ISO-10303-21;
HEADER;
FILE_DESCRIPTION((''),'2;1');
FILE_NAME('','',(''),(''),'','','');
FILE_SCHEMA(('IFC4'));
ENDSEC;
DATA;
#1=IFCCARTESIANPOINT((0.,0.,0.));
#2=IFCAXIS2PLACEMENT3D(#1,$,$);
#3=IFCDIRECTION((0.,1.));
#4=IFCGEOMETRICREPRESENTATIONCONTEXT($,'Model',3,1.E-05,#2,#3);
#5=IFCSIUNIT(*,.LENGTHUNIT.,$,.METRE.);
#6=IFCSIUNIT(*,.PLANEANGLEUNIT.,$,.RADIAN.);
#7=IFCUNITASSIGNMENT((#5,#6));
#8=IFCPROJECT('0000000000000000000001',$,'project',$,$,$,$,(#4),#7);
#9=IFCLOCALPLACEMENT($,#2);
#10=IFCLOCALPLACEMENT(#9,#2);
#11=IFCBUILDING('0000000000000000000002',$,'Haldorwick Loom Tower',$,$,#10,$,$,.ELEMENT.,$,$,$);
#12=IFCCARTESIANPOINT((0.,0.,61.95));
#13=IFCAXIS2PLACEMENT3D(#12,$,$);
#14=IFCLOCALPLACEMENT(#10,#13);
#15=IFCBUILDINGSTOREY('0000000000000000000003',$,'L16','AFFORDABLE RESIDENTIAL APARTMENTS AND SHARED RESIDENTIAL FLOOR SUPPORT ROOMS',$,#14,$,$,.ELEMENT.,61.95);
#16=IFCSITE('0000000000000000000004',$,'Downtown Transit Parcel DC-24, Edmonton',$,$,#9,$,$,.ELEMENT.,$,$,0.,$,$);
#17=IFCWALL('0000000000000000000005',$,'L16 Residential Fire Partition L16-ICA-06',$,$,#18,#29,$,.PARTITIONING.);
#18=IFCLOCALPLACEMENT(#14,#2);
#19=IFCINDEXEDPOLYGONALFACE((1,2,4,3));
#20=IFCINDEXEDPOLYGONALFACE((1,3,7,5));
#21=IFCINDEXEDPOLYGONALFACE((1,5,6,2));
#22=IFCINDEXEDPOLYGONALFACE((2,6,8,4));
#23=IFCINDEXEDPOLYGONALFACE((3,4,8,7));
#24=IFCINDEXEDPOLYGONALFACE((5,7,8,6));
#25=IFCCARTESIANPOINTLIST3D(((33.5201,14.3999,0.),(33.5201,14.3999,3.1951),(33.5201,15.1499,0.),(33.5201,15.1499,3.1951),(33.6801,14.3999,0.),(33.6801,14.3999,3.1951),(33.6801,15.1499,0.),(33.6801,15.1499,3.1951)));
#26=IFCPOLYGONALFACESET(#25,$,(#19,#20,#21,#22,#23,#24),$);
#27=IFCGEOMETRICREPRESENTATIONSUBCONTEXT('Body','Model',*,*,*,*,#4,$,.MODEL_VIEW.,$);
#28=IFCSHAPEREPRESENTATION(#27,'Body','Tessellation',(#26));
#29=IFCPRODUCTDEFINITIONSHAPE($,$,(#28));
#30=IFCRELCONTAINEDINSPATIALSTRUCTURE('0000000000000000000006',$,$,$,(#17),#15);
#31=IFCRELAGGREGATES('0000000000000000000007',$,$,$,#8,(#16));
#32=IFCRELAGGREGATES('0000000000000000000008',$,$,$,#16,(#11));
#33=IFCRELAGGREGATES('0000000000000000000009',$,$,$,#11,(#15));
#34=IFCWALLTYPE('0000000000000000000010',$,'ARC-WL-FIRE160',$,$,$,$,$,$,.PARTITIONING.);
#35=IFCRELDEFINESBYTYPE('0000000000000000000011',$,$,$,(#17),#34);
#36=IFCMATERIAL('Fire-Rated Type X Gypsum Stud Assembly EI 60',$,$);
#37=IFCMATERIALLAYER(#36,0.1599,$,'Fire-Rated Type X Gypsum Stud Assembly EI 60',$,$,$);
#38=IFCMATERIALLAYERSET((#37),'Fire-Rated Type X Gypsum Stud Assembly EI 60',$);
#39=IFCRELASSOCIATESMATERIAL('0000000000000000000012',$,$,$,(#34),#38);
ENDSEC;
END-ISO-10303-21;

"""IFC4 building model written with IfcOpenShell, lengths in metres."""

from ifc_helpers import new_model, si_unit, direction, frame, frame_2d, origin, place, context, subcontext, project, spatial, rectangle, extrude, material, layer, layer_set, type_object, element, save


model = new_model("IFC4")

# Units and contexts
model_context = context("Model", 3, precision=1e-05, world=origin(), true_north=direction((0.0, 1.0)))
body_context = subcontext(model_context, "Body", "Model", "MODEL_VIEW")
ifc_project = project(units=[si_unit("LENGTHUNIT", "METRE"), si_unit("PLANEANGLEUNIT", "RADIAN")], contexts=[model_context])

# Site, building, storey
site_placement = place(None, origin())
site = spatial("IfcSite", under=ifc_project, at=site_placement, Name="Downtown Transit Parcel DC-24, Edmonton", CompositionType="ELEMENT", RefElevation=0.0)
building_placement = place(site_placement, origin())
building = spatial("IfcBuilding", under=site, at=building_placement, Name="Haldorwick Loom Tower", CompositionType="ELEMENT")
storey_placement = place(building_placement, frame((0.0, 0.0, 61.95)))
storey = spatial("IfcBuildingStorey", under=building, at=storey_placement, Name="L16", Description="AFFORDABLE RESIDENTIAL APARTMENTS AND SHARED RESIDENTIAL FLOOR SUPPORT ROOMS", CompositionType="ELEMENT", Elevation=61.95)

# Wall
ifc_material_1 = material(Name="Fire-Rated Type X Gypsum Stud Assembly EI 60")
ifc_layer_1 = layer(ifc_material_1, 0.1599, Name="Fire-Rated Type X Gypsum Stud Assembly EI 60")
ifc_layer_set_1 = layer_set([ifc_layer_1], Name="Fire-Rated Type X Gypsum Stud Assembly EI 60")
wall_type = type_object("IfcWallType", Name="ARC-WL-FIRE160", PredefinedType="PARTITIONING", material=ifc_layer_set_1)
wall_1_placement = place(storey_placement, frame((33.6001, 15.1499, 0.0), z_axis=(0.0, 0.0, 1.0), x_axis=(0.0, -1.0, 0.0)))
element("IfcWall", 1, at=wall_1_placement, inside=storey, type_object=wall_type, Name="L16 Residential Fire Partition L16-ICA-06", PredefinedType="PARTITIONING", context=body_context, shape_type="SweptSolid", body=[
    extrude(rectangle(XDim=0.75, YDim=0.1599, at=frame_2d((0.375, 0.0))), origin(), (0.0, 0.0, 1.0), 3.1951),
])

save(model, "model.ifc")
